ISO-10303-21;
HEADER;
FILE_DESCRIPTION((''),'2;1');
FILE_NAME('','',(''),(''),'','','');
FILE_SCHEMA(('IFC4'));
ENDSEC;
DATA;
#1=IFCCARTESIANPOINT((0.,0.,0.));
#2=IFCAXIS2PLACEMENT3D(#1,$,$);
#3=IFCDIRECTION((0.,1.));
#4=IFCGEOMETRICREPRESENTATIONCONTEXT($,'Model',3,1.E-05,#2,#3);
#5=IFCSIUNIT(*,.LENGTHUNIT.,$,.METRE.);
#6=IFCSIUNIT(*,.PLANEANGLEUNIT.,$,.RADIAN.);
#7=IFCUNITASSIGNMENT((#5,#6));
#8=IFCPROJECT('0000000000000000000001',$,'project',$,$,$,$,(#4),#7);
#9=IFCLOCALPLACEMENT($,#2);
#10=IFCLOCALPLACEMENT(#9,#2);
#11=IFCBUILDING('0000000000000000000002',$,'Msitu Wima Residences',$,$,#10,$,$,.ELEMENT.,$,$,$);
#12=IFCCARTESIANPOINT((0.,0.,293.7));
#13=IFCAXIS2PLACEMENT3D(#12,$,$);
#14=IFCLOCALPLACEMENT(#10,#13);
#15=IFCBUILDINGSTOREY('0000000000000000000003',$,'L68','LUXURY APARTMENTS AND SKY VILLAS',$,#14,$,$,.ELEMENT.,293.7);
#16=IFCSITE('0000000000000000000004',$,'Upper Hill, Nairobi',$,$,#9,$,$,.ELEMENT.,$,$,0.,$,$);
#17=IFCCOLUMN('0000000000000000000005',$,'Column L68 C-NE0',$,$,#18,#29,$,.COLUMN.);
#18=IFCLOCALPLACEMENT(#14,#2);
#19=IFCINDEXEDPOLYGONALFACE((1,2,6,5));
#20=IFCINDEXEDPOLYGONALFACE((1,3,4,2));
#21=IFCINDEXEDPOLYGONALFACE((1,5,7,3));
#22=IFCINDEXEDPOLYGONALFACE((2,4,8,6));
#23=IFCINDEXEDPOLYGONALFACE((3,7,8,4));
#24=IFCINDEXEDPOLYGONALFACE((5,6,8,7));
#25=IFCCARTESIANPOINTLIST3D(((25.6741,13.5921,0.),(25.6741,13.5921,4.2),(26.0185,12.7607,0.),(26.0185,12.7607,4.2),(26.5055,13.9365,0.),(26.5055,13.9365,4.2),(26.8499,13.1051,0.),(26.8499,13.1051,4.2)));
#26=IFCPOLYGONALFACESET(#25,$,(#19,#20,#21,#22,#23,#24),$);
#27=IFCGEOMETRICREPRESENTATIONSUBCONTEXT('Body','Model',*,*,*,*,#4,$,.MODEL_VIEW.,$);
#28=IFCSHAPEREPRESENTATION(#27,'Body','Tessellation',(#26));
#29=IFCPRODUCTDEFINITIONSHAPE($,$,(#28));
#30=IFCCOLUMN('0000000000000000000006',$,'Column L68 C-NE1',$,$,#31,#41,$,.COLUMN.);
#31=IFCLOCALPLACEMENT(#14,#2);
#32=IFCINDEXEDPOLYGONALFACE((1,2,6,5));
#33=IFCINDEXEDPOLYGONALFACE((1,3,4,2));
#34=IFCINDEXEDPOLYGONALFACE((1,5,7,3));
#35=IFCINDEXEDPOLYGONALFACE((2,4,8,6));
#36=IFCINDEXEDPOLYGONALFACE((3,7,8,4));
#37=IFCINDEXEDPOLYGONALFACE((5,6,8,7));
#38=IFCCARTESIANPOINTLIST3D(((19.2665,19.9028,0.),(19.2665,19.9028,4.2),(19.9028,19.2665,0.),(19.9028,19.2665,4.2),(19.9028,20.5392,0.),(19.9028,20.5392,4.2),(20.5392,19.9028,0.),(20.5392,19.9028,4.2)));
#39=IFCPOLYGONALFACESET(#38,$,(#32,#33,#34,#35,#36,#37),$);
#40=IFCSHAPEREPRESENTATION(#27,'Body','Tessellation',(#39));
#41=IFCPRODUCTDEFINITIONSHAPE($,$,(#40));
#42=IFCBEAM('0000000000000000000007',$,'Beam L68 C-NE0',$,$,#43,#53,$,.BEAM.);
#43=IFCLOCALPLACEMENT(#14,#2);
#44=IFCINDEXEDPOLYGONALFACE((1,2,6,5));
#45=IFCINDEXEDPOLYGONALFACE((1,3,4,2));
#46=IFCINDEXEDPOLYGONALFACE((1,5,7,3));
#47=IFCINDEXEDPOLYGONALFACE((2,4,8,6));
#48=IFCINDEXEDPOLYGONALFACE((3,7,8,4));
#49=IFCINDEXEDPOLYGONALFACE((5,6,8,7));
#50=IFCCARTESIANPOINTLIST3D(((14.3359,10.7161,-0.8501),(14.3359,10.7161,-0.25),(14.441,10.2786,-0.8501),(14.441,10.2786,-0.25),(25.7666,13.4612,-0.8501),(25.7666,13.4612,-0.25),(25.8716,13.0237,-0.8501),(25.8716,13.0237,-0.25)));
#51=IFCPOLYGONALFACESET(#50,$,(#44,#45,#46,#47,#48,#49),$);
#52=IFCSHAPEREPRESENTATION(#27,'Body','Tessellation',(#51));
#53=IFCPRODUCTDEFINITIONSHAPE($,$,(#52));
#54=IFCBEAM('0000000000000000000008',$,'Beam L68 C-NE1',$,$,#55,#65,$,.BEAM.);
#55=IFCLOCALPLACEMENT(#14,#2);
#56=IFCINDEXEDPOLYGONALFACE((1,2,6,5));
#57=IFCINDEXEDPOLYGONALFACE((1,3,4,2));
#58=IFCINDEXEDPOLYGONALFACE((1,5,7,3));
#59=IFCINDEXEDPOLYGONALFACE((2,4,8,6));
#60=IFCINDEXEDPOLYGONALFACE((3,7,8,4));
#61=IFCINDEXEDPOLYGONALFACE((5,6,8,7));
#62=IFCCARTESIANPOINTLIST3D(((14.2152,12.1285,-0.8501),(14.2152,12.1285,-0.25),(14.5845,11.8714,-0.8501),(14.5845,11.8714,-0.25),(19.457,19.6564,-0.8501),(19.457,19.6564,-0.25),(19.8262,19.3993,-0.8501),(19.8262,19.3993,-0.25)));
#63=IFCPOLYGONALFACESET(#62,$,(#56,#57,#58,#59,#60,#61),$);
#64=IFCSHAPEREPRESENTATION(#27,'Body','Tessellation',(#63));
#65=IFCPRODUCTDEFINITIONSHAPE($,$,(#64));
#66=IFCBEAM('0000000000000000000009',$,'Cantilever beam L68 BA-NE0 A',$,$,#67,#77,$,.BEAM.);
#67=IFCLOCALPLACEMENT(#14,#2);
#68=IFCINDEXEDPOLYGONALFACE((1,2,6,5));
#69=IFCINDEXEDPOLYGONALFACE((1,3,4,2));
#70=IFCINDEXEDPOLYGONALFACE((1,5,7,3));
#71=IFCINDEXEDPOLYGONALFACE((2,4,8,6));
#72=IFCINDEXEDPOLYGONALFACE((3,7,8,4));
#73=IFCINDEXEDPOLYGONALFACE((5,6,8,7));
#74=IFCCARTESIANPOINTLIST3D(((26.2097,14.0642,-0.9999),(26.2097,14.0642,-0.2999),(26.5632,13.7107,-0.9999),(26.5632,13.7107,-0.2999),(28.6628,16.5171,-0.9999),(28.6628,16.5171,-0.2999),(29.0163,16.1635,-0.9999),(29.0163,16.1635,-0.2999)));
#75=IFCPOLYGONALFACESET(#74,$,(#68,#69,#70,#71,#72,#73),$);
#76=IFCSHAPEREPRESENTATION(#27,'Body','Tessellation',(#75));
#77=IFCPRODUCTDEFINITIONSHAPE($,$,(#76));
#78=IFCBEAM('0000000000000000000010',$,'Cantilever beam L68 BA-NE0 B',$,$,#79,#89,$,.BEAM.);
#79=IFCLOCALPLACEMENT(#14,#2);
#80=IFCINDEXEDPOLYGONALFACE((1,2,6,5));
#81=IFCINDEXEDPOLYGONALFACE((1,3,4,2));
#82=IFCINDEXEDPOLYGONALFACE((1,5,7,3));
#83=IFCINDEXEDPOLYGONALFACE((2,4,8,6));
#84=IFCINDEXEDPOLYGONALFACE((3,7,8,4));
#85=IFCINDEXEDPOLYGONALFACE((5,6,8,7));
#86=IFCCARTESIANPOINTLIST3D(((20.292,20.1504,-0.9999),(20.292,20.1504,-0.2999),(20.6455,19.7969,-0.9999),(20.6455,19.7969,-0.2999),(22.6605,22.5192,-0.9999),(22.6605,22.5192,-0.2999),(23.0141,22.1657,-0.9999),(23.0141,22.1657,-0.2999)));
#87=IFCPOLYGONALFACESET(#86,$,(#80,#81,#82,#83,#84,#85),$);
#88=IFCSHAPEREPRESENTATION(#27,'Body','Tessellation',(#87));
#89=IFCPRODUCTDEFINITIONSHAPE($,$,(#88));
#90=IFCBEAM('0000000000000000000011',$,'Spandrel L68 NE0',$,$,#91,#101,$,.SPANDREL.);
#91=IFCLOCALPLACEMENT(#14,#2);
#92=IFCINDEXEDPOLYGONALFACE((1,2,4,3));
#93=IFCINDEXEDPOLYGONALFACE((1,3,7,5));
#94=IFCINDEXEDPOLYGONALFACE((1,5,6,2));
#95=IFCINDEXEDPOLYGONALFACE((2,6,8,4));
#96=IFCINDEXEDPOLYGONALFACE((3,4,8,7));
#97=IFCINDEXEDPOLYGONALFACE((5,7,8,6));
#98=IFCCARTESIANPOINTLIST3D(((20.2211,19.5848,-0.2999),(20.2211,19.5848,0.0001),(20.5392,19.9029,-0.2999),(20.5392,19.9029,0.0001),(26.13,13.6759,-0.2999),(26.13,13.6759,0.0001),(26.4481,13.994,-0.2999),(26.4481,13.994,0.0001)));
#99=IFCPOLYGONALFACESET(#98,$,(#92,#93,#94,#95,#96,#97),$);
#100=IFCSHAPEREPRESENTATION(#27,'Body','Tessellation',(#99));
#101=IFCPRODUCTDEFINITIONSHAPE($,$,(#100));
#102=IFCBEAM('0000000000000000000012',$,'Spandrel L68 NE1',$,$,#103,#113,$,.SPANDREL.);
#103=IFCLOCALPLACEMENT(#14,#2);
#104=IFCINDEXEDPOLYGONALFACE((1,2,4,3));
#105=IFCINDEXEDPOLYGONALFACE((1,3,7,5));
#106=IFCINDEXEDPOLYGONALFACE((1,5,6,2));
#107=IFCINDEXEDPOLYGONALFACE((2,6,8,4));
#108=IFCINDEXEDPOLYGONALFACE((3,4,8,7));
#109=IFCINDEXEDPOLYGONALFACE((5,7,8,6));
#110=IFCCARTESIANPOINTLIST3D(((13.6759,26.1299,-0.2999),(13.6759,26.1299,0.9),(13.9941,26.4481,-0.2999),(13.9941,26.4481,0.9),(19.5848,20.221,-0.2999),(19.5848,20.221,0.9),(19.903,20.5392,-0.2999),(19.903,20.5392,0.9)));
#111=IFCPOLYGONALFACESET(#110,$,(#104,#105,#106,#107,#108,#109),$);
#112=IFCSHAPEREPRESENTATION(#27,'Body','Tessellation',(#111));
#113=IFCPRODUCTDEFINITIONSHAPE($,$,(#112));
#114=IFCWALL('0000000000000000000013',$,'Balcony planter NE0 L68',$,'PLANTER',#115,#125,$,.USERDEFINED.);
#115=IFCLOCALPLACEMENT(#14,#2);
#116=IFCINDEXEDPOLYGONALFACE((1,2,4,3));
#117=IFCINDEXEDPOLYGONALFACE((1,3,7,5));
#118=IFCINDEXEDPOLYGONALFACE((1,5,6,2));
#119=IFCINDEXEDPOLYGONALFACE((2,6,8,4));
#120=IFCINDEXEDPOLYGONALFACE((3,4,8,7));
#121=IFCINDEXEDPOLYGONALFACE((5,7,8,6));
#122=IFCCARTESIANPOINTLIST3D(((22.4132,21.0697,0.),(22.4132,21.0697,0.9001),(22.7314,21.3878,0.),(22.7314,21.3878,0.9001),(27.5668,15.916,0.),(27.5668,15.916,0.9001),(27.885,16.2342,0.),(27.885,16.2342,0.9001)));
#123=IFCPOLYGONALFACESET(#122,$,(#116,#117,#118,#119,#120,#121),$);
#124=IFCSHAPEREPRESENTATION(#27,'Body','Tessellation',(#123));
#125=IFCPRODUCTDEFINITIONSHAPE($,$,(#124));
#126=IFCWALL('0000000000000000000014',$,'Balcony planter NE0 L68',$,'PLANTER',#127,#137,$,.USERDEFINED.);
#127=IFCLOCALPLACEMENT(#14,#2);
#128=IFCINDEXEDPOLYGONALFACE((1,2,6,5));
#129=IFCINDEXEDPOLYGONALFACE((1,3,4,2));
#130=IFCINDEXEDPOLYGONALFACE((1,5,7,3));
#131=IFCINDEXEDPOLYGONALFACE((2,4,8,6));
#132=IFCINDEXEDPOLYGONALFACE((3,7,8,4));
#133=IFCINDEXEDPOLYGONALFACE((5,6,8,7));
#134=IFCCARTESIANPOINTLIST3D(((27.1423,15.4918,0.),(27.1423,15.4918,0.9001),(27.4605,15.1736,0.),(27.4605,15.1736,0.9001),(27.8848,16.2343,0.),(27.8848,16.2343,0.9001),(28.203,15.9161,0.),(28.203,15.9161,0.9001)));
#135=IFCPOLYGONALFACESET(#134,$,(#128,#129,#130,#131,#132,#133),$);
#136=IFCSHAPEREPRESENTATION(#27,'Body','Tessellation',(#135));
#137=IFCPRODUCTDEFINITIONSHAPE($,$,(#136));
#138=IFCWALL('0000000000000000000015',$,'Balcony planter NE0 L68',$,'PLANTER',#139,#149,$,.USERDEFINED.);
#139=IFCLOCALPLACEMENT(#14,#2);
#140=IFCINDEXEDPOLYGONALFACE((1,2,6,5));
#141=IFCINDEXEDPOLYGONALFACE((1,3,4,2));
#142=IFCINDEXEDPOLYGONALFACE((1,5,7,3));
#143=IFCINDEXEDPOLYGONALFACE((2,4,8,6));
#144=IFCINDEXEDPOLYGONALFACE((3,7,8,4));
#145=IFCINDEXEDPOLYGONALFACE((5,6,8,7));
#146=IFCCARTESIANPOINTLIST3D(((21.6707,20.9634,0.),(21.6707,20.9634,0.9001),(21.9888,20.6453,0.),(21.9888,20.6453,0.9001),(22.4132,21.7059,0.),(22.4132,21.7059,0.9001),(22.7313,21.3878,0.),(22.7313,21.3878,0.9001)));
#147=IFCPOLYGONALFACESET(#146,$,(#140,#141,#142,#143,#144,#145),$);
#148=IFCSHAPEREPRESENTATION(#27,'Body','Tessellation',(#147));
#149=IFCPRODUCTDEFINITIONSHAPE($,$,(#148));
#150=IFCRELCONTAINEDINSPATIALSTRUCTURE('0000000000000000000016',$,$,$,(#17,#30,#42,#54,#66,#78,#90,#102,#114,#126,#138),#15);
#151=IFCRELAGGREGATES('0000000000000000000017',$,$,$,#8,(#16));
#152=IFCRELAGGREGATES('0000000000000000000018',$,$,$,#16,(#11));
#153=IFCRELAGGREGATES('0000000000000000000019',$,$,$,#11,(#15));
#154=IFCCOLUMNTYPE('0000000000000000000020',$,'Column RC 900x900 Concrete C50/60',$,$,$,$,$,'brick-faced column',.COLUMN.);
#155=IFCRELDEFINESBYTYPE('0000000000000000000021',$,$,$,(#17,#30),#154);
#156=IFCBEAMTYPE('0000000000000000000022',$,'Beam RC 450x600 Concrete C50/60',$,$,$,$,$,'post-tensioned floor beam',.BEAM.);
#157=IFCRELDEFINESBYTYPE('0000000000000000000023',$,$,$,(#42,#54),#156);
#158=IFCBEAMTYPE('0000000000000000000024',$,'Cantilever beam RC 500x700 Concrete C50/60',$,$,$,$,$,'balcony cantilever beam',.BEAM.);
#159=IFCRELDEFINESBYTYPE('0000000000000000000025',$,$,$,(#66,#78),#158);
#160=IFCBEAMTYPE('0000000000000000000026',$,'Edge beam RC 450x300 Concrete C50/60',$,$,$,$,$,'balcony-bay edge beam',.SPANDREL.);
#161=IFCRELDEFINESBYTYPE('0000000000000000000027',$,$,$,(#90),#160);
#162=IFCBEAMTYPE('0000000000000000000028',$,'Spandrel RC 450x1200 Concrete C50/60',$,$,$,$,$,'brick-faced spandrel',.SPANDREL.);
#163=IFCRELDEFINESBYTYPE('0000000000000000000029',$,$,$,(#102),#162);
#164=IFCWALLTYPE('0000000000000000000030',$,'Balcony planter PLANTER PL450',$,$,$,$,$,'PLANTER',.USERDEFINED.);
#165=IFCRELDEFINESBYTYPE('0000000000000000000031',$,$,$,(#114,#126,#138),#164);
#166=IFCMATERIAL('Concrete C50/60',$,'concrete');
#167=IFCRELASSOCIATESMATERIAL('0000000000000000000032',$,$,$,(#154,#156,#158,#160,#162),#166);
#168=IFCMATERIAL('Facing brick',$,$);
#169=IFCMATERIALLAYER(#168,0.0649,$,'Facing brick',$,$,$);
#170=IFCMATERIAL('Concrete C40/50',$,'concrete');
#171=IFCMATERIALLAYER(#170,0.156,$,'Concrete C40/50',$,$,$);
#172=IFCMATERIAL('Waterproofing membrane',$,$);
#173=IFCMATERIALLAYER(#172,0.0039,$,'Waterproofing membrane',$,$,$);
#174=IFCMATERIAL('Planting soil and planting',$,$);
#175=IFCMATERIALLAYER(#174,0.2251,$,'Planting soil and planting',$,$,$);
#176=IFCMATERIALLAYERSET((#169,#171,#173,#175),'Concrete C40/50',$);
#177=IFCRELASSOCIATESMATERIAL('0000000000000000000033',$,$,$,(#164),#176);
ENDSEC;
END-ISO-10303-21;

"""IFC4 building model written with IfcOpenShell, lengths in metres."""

from ifc_helpers import new_model, si_unit, direction, frame, frame_2d, origin, origin_2d, place, context, subcontext, project, spatial, rectangle, extrude, material, layer, layer_set, material_profile, profile_set, type_object, element, save


model = new_model("IFC4")

# Units and contexts
model_context = context("Model", 3, precision=1e-05, world=origin(), true_north=direction((0.0, 1.0)))
body_context = subcontext(model_context, "Body", "Model", "MODEL_VIEW")
ifc_project = project(units=[si_unit("LENGTHUNIT", "METRE"), si_unit("PLANEANGLEUNIT", "RADIAN")], contexts=[model_context])

# Site, building, storey
site_placement = place(None, origin())
site = spatial("IfcSite", under=ifc_project, at=site_placement, Name="Upper Hill, Nairobi", CompositionType="ELEMENT", RefElevation=0.0)
building_placement = place(site_placement, origin())
building = spatial("IfcBuilding", under=site, at=building_placement, Name="Msitu Wima Residences", CompositionType="ELEMENT")
storey_placement = place(building_placement, frame((0.0, 0.0, 293.7)))
storey = spatial("IfcBuildingStorey", under=building, at=storey_placement, Name="L68", Description="LUXURY APARTMENTS AND SKY VILLAS", CompositionType="ELEMENT", Elevation=293.7)

# Columns
ifc_material_1 = material(Name="Concrete C50/60", Category="concrete")
ifc_material_profile_1 = material_profile(ifc_material_1, rectangle(XDim=0.8999, YDim=0.8999, at=origin_2d()), Name="RC 900x900")
ifc_profile_set_1 = profile_set([ifc_material_profile_1], Name="Concrete C50/60")
column_type = type_object("IfcColumnType", Name="Column RC 900x900 Concrete C50/60", ElementType="brick-faced column", PredefinedType="COLUMN", material=ifc_profile_set_1)
for number, where, z_axis, x_axis, name in (
    (1, (26.262, 13.3486, 0.0), (0.0, 0.0, 1.0), (-0.382683, 0.92388, 0.0), "Column L68 C-NE0"),
    (2, (19.9028, 19.9028, 0.0), (0.0, 0.0, 1.0), (-0.707107, 0.707107, 0.0), "Column L68 C-NE1"),
):
    element("IfcColumn", number, at=place(storey_placement, frame(where, z_axis=z_axis, x_axis=x_axis)), inside=storey, type_object=column_type, Name=name, PredefinedType="COLUMN", context=body_context, shape_type="SweptSolid", body=[
        extrude(rectangle(XDim=0.8999, YDim=0.8999, at=origin_2d()), origin(), (0.0, 0.0, 1.0), 4.2),
    ])

# Beams
ifc_material_profile_2 = material_profile(ifc_material_1, rectangle(XDim=0.45, YDim=0.6001, at=origin_2d()), Name="RC 450x600")
ifc_profile_set_2 = profile_set([ifc_material_profile_2], Name="Concrete C50/60")
beam_type_1 = type_object("IfcBeamType", Name="Beam RC 450x600 Concrete C50/60", ElementType="post-tensioned floor beam", PredefinedType="BEAM", material=ifc_profile_set_2)
beam_1_placement = place(storey_placement, frame((25.8191, 13.2424, -0.55), z_axis=(-0.972353, -0.233514, 0.0), x_axis=(0.233514, -0.972353, 0.0)))
element("IfcBeam", 3, at=beam_1_placement, inside=storey, type_object=beam_type_1, Name="Beam L68 C-NE0", PredefinedType="BEAM", context=body_context, shape_type="SweptSolid", body=[
    extrude(rectangle(XDim=0.45, YDim=0.6001, at=origin_2d()), origin(), (0.0, 0.0, 1.0), 11.7556),
])
beam_2_placement = place(storey_placement, frame((19.6416, 19.5278, -0.55), z_axis=(-0.571428, -0.820652, 0.0), x_axis=(0.820652, -0.571428, 0.0)))
element("IfcBeam", 4, at=beam_2_placement, inside=storey, type_object=beam_type_1, Name="Beam L68 C-NE1", PredefinedType="BEAM", context=body_context, shape_type="SweptSolid", body=[
    extrude(rectangle(XDim=0.45, YDim=0.6001, at=origin_2d()), origin(), (0.0, 0.0, 1.0), 9.1731),
])
ifc_material_profile_3 = material_profile(ifc_material_1, rectangle(XDim=0.5, YDim=0.7, at=origin_2d()), Name="RC 500x700")
ifc_profile_set_3 = profile_set([ifc_material_profile_3], Name="Concrete C50/60")
beam_type_2 = type_object("IfcBeamType", Name="Cantilever beam RC 500x700 Concrete C50/60", ElementType="balcony cantilever beam", PredefinedType="BEAM", material=ifc_profile_set_3)
beam_3_placement = place(storey_placement, frame((26.3865, 13.8875, -0.6499), z_axis=(0.707142, 0.707072, 0.0), x_axis=(-0.707072, 0.707142, 0.0)))
element("IfcBeam", 5, at=beam_3_placement, inside=storey, type_object=beam_type_2, Name="Cantilever beam L68 BA-NE0 A", PredefinedType="BEAM", context=body_context, shape_type="SweptSolid", body=[
    extrude(rectangle(XDim=0.5, YDim=0.7, at=origin_2d()), origin(), (0.0, 0.0, 1.0), 3.469),
])
beam_4_placement = place(storey_placement, frame((20.4688, 19.9736, -0.6499), z_axis=(0.70707, 0.707143, 0.0), x_axis=(-0.707143, 0.70707, 0.0)))
element("IfcBeam", 6, at=beam_4_placement, inside=storey, type_object=beam_type_2, Name="Cantilever beam L68 BA-NE0 B", PredefinedType="BEAM", context=body_context, shape_type="SweptSolid", body=[
    extrude(rectangle(XDim=0.5, YDim=0.7, at=origin_2d()), origin(), (0.0, 0.0, 1.0), 3.3499),
])
ifc_material_profile_4 = material_profile(ifc_material_1, rectangle(XDim=0.45, YDim=0.3, at=origin_2d()), Name="RC 450x300")
ifc_profile_set_4 = profile_set([ifc_material_profile_4], Name="Concrete C50/60")
beam_type_3 = type_object("IfcBeamType", Name="Edge beam RC 450x300 Concrete C50/60", ElementType="balcony-bay edge beam", PredefinedType="SPANDREL", material=ifc_profile_set_4)
beam_5_placement = place(storey_placement, frame((26.2891, 13.835, -0.1499), z_axis=(-0.707107, 0.707107, 0.0), x_axis=(-0.707107, -0.707107, 0.0)))
element("IfcBeam", 7, at=beam_5_placement, inside=storey, type_object=beam_type_3, Name="Spandrel L68 NE0", PredefinedType="SPANDREL", context=body_context, shape_type="SweptSolid", body=[
    extrude(rectangle(XDim=0.45, YDim=0.3, at=origin_2d()), origin(), (0.0, 0.0, 1.0), 8.3564),
])
ifc_material_profile_5 = material_profile(ifc_material_1, rectangle(XDim=0.45, YDim=1.2, at=origin_2d()), Name="RC 450x1200")
ifc_profile_set_5 = profile_set([ifc_material_profile_5], Name="Concrete C50/60")
beam_type_4 = type_object("IfcBeamType", Name="Spandrel RC 450x1200 Concrete C50/60", ElementType="brick-faced spandrel", PredefinedType="SPANDREL", material=ifc_profile_set_5)
beam_6_placement = place(storey_placement, frame((19.7439, 20.3801, 0.3), z_axis=(-0.707107, 0.707107, 0.0), x_axis=(-0.707107, -0.707107, 0.0)))
element("IfcBeam", 8, at=beam_6_placement, inside=storey, type_object=beam_type_4, Name="Spandrel L68 NE1", PredefinedType="SPANDREL", context=body_context, shape_type="SweptSolid", body=[
    extrude(rectangle(XDim=0.45, YDim=1.2, at=origin_2d()), origin(), (0.0, 0.0, 1.0), 8.3564),
])

# Walls
ifc_material_2 = material(Name="Facing brick")
ifc_layer_1 = layer(ifc_material_2, 0.0649, Name="Facing brick")
ifc_material_3 = material(Name="Concrete C40/50", Category="concrete")
ifc_layer_2 = layer(ifc_material_3, 0.156, Name="Concrete C40/50")
ifc_material_4 = material(Name="Waterproofing membrane")
ifc_layer_3 = layer(ifc_material_4, 0.0039, Name="Waterproofing membrane")
ifc_material_5 = material(Name="Planting soil and planting")
ifc_layer_4 = layer(ifc_material_5, 0.2251, Name="Planting soil and planting")
ifc_layer_set_1 = layer_set([ifc_layer_1, ifc_layer_2, ifc_layer_3, ifc_layer_4], Name="Concrete C40/50")
wall_type_1 = type_object("IfcWallType", Name="Balcony planter PLANTER PL450", ElementType="PLANTER", PredefinedType="USERDEFINED", material=ifc_layer_set_1)
wall_1_placement = place(storey_placement, frame((27.7258, 16.0752, 0.0), z_axis=(0.0, 0.0, 1.0), x_axis=(-0.707107, 0.707107, 0.0)))
element("IfcWall", 9, at=wall_1_placement, inside=storey, type_object=wall_type_1, Name="Balcony planter NE0 L68", ObjectType="PLANTER", PredefinedType="USERDEFINED", context=body_context, shape_type="SweptSolid", body=[
    extrude(rectangle(XDim=7.2883, YDim=0.45, at=frame_2d((3.644, 0.0))), origin(), (0.0, 0.0, 1.0), 0.9001),
])
for number, where, z_axis, x_axis, name in (
    (10, (27.3015, 15.3328, 0.0), (0.0, 0.0, 1.0), (0.707107, 0.707107, 0.0), "Balcony planter NE0 L68"),
    (11, (21.8298, 20.8044, 0.0), (0.0, 0.0, 1.0), (0.707107, 0.707107, 0.0), "Balcony planter NE0 L68"),
):
    element("IfcWall", number, at=place(storey_placement, frame(where, z_axis=z_axis, x_axis=x_axis)), inside=storey, type_object=wall_type_1, Name=name, ObjectType="PLANTER", PredefinedType="USERDEFINED", context=body_context, shape_type="SweptSolid", body=[
        extrude(rectangle(XDim=1.05, YDim=0.45, at=frame_2d((0.5249, 0.0))), origin(), (0.0, 0.0, 1.0), 0.9001),
    ])

save(model, "model.ifc")
